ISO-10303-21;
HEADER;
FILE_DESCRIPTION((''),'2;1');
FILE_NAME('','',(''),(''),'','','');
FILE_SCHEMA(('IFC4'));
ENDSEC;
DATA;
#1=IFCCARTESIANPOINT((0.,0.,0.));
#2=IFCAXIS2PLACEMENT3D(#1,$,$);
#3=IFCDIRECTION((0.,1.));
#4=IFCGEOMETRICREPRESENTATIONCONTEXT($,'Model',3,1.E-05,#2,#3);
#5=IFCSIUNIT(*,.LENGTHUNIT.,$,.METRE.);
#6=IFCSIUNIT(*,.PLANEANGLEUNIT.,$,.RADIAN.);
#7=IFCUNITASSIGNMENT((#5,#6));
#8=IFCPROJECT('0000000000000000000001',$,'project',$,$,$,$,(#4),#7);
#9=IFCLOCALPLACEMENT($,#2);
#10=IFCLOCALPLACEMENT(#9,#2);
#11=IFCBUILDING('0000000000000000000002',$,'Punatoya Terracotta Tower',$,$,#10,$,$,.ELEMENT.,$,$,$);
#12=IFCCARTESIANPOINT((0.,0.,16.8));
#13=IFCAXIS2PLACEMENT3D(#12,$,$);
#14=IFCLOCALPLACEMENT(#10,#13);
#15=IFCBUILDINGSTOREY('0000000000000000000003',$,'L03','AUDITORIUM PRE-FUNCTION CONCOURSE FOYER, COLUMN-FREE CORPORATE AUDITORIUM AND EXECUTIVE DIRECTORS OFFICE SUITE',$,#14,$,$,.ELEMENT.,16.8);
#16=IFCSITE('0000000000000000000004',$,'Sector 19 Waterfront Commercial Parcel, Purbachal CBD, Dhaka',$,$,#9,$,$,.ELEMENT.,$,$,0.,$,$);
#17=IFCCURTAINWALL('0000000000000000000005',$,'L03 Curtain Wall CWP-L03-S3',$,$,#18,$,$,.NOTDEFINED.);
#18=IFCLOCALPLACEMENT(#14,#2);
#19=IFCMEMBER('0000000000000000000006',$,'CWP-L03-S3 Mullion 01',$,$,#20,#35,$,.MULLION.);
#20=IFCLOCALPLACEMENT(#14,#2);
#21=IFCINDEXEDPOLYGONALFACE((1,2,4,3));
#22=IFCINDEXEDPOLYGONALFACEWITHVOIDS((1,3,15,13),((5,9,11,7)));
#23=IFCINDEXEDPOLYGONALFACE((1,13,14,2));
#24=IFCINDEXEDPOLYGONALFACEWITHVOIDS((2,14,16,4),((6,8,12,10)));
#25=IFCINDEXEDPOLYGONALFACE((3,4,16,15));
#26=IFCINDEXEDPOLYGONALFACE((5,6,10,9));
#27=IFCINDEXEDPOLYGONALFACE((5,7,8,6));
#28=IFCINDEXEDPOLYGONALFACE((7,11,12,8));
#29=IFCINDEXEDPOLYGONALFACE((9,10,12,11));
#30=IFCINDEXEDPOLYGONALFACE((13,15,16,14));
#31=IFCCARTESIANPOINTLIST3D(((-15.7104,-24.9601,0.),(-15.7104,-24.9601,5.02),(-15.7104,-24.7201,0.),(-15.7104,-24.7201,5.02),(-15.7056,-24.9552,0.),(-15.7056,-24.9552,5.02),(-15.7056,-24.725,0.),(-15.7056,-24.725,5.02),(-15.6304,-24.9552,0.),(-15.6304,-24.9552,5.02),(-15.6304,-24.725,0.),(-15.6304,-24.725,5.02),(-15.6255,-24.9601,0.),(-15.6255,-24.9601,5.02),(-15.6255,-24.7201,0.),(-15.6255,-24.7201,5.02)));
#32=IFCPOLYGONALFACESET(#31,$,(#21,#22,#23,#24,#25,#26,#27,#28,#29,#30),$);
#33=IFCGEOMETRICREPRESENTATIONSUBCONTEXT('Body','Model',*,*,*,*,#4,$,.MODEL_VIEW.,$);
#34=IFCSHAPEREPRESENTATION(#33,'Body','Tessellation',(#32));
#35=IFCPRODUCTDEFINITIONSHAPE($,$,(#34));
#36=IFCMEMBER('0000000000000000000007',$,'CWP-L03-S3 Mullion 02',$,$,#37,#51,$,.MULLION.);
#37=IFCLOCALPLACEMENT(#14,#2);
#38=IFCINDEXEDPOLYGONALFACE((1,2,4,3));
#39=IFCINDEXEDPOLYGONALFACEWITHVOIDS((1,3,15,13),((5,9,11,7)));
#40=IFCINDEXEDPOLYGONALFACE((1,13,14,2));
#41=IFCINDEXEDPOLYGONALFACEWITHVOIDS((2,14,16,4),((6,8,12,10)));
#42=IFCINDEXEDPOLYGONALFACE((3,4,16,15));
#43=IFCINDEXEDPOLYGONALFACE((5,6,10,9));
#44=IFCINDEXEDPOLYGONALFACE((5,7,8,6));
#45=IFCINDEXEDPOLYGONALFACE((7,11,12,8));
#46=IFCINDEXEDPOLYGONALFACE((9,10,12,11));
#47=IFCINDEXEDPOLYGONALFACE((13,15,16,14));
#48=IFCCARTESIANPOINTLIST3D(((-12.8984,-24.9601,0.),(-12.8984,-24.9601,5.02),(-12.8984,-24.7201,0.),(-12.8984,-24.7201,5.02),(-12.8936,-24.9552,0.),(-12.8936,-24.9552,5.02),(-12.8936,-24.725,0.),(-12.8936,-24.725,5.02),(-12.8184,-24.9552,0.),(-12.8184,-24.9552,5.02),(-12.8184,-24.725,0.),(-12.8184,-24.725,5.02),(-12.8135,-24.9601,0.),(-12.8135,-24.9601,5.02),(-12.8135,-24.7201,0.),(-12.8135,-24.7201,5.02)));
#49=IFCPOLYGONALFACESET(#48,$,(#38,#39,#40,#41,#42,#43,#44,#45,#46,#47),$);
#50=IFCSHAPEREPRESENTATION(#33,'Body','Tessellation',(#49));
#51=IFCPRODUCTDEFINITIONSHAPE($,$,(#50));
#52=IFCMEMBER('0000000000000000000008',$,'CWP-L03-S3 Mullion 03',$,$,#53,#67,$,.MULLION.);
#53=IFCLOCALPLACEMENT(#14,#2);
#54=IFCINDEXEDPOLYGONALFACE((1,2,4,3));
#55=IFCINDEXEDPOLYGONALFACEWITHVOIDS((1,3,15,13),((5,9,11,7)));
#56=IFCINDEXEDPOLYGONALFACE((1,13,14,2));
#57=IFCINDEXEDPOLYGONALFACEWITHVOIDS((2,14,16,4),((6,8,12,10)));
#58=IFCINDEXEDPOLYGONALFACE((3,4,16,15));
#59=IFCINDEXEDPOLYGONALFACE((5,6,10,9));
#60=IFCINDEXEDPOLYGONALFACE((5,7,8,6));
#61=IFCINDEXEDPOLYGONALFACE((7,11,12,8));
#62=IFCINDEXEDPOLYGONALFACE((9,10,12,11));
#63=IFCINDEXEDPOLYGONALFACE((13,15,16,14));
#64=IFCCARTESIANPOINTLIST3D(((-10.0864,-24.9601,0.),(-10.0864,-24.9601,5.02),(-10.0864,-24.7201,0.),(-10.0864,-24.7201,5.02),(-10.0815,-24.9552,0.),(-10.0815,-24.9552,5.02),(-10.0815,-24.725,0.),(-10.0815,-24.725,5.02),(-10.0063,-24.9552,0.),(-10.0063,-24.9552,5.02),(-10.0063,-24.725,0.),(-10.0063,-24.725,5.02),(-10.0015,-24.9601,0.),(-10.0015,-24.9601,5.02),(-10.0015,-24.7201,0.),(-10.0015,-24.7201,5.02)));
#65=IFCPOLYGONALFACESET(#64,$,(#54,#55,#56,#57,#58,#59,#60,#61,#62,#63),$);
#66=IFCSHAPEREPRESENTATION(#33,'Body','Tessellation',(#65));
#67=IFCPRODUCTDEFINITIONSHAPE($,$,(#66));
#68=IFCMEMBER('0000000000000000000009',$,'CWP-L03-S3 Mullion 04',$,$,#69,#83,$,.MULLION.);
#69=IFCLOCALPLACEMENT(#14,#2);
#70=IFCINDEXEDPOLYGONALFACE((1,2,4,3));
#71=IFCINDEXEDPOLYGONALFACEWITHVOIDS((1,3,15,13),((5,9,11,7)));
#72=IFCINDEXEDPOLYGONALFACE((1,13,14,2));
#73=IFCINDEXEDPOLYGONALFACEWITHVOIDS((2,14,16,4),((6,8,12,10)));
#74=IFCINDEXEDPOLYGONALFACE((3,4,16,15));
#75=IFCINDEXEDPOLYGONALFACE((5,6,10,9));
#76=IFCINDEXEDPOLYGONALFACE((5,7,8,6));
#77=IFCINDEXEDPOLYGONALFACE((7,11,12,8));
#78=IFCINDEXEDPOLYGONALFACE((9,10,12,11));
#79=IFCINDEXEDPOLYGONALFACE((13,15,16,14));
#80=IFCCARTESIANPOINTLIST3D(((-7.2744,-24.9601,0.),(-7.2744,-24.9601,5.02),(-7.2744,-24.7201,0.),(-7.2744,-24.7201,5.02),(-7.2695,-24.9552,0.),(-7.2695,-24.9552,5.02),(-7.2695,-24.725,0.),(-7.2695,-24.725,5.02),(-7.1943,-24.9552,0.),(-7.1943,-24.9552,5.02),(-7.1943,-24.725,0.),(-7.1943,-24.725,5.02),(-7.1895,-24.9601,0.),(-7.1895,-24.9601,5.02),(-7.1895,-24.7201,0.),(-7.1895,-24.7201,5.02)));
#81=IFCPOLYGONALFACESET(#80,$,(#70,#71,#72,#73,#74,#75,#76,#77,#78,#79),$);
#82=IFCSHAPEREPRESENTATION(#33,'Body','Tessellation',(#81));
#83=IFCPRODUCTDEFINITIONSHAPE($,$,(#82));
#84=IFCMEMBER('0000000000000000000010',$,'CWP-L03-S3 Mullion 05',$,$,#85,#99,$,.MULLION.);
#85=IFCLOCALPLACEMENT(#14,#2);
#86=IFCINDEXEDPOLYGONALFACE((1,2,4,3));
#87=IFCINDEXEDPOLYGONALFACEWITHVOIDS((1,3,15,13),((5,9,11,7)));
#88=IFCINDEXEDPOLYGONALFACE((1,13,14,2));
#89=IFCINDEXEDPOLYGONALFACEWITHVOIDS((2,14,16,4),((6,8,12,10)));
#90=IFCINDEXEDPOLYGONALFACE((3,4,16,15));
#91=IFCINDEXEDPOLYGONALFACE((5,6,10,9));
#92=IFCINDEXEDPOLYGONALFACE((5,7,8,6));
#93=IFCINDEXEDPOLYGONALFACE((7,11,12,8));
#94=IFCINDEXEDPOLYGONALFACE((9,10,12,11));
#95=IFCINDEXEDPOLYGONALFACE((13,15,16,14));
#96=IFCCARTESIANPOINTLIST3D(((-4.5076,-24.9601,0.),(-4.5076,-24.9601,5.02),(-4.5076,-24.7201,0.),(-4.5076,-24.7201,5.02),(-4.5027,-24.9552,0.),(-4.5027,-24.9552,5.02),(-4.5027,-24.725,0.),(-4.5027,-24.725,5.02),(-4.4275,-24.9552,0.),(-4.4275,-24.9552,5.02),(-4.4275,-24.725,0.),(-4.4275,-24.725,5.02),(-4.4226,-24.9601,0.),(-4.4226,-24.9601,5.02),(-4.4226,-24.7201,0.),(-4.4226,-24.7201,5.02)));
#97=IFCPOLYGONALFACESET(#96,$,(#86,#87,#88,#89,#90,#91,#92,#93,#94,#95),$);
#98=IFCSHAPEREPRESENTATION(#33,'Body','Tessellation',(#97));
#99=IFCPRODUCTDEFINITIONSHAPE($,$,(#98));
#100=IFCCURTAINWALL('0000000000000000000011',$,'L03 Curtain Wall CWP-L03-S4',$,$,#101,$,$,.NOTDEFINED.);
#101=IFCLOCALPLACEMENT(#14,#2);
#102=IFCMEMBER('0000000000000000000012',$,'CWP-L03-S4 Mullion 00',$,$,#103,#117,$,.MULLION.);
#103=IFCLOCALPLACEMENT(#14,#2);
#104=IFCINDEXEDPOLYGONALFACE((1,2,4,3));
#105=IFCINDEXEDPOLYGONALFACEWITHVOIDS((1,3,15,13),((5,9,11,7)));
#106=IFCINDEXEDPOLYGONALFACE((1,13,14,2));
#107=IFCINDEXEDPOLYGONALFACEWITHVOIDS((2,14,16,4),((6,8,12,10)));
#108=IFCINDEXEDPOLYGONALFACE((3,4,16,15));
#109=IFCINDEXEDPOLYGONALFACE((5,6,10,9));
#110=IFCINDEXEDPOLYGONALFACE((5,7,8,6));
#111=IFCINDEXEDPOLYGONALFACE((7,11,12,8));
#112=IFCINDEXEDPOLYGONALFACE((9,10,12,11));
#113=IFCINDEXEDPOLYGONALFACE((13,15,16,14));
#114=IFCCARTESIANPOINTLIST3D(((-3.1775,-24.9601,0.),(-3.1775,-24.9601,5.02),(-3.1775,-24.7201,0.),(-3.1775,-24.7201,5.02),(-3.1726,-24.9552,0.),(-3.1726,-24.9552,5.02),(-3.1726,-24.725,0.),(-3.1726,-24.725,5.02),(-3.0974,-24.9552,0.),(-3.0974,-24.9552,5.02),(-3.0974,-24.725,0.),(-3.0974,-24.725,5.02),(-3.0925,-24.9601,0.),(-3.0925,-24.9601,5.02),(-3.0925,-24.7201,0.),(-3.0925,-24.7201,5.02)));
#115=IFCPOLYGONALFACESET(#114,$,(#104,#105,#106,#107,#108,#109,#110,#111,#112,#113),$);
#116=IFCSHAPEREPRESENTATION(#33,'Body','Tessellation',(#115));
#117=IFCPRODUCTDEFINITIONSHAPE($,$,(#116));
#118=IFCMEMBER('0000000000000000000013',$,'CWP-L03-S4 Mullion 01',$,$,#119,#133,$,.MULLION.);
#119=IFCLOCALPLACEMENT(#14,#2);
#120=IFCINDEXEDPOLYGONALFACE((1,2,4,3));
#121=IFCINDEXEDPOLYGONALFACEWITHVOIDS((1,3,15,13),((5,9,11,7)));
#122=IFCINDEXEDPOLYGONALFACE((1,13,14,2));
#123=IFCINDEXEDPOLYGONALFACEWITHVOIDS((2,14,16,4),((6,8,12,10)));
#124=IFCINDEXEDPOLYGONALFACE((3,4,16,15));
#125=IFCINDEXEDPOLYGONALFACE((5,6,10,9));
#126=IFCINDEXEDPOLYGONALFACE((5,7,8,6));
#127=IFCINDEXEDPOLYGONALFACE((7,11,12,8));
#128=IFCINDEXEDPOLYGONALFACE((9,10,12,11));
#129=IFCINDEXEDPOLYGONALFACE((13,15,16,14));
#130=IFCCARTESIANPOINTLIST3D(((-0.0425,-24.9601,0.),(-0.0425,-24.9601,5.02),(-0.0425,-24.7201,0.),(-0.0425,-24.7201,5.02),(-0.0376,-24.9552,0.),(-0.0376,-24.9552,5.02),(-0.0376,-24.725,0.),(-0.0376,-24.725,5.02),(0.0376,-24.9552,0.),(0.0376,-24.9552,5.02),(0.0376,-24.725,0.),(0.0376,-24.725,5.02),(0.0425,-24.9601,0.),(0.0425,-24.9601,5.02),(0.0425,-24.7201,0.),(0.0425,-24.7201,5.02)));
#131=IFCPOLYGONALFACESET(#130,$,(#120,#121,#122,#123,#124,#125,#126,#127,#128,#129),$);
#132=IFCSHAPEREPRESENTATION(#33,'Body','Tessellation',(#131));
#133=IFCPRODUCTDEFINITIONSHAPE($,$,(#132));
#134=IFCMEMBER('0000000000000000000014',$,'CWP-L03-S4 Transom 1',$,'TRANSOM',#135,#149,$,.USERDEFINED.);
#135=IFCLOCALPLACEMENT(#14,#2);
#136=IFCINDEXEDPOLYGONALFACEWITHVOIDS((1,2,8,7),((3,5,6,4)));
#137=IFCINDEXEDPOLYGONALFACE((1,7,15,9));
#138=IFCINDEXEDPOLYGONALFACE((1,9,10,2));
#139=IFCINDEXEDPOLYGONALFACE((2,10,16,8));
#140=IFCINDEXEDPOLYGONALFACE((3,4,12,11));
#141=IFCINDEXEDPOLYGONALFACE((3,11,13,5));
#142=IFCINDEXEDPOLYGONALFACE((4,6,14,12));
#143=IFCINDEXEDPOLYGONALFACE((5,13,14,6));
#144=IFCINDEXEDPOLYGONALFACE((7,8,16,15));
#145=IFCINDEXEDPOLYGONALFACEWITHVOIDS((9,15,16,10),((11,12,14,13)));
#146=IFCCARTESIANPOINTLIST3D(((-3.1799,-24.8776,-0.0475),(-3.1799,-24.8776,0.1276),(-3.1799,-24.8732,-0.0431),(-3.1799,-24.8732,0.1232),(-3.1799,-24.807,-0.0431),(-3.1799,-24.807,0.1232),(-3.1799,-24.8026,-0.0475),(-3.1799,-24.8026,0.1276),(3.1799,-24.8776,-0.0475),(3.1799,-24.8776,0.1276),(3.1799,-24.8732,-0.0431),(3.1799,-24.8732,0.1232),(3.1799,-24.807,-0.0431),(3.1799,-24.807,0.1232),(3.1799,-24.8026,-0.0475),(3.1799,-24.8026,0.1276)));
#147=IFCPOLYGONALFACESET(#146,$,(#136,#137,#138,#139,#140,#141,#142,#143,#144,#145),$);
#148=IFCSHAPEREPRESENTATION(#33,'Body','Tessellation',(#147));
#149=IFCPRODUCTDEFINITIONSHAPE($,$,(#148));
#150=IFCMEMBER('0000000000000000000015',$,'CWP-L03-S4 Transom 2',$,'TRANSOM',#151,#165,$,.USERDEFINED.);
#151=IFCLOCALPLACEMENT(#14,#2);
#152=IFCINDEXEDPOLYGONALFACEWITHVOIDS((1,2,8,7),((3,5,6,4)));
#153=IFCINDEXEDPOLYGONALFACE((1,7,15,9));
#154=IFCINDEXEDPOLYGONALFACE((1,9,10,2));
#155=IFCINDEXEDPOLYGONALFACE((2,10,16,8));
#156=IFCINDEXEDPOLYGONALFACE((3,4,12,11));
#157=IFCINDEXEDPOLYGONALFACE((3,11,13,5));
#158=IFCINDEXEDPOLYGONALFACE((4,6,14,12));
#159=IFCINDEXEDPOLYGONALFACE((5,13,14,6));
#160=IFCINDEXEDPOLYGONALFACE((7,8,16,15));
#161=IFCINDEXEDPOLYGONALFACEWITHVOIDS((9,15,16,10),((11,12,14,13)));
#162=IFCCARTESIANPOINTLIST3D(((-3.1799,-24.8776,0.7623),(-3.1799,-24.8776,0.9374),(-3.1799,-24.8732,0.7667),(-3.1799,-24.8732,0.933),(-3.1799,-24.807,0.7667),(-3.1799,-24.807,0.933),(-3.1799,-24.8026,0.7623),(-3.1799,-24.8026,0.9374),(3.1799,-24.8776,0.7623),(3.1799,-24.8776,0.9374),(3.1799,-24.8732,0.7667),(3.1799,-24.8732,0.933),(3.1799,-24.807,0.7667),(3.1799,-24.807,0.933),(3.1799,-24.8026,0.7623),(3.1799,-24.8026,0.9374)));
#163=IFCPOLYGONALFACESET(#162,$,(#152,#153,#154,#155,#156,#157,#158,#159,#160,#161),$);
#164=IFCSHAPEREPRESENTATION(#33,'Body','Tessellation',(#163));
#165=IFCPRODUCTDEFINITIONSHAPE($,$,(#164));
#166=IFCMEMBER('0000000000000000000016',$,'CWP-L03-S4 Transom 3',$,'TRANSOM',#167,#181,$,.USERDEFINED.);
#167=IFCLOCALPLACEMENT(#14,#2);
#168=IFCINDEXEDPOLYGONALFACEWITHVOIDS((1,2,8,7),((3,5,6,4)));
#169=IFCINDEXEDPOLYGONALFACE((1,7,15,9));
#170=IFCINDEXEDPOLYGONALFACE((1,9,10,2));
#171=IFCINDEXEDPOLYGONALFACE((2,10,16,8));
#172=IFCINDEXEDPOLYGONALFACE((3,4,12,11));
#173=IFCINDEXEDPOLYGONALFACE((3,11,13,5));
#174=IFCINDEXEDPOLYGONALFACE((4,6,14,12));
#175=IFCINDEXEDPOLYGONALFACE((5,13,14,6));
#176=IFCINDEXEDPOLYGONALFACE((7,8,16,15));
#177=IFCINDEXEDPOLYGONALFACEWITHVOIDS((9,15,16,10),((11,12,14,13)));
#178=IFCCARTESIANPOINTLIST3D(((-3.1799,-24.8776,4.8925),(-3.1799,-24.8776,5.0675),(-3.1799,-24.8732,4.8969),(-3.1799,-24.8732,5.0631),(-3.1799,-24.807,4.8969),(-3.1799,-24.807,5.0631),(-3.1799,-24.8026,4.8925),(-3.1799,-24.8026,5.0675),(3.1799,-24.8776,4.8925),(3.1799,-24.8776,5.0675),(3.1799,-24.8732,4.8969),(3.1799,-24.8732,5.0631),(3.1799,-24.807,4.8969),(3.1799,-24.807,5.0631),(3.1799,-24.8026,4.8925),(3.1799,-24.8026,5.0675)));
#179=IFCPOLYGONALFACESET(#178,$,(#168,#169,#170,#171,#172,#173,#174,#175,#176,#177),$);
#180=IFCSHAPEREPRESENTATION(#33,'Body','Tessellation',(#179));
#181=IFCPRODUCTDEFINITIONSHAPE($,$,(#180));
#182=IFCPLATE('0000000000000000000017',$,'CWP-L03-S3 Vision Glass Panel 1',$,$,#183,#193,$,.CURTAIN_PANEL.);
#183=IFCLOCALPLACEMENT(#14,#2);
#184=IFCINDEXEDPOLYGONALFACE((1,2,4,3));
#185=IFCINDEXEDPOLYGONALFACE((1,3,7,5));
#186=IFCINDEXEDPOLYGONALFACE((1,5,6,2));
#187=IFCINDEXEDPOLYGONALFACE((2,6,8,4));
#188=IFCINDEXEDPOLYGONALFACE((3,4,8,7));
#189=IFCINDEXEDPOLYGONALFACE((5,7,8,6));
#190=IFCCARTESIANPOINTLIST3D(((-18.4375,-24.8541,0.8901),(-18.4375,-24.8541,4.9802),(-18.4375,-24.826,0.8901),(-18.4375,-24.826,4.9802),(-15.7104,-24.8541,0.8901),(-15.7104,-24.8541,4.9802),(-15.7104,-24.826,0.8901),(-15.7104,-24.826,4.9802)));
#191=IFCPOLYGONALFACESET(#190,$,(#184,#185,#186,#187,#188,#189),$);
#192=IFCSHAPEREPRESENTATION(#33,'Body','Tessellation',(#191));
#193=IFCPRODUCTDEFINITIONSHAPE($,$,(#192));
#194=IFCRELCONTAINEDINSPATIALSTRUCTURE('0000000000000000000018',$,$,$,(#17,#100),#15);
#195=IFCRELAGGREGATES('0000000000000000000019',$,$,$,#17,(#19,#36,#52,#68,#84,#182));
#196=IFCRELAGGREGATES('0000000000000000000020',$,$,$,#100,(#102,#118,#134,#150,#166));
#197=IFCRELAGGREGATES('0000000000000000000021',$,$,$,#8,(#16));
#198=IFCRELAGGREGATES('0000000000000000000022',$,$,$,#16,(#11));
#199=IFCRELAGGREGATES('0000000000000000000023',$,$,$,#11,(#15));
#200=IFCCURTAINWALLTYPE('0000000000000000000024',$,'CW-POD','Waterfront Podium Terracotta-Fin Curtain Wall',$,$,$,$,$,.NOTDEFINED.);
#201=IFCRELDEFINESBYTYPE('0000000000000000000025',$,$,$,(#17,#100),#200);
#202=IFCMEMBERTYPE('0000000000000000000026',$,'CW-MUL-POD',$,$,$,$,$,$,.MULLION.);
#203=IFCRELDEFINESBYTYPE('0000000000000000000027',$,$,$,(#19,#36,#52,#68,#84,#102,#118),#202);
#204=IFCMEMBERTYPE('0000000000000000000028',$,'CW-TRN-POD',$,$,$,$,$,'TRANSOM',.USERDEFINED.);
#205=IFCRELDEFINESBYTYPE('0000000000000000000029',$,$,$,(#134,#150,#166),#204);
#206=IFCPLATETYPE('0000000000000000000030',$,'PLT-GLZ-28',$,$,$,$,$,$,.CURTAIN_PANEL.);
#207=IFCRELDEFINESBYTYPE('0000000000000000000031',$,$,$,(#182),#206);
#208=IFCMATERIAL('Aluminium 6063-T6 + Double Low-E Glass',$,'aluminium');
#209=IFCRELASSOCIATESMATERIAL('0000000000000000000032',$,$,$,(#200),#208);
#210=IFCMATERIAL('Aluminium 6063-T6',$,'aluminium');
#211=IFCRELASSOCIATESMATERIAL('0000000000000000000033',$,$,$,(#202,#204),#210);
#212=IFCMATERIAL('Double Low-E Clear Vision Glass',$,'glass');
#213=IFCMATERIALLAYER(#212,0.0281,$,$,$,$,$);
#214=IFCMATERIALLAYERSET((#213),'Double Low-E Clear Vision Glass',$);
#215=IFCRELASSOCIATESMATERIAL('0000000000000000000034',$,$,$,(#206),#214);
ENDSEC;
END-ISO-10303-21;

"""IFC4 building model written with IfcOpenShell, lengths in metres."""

from ifc_helpers import new_model, si_unit, direction, frame, origin, origin_2d, place, context, subcontext, project, spatial, rectangle, hollow_rectangle, extrude, material, layer, layer_set, material_profile, profile_set, type_object, element, aggregate, save


model = new_model("IFC4")

# Units and contexts
model_context = context("Model", 3, precision=1e-05, world=origin(), true_north=direction((0.0, 1.0)))
body_context = subcontext(model_context, "Body", "Model", "MODEL_VIEW")
ifc_project = project(units=[si_unit("LENGTHUNIT", "METRE"), si_unit("PLANEANGLEUNIT", "RADIAN")], contexts=[model_context])

# Site, building, storey
site_placement = place(None, origin())
site = spatial("IfcSite", under=ifc_project, at=site_placement, Name="Sector 19 Waterfront Commercial Parcel, Purbachal CBD, Dhaka", CompositionType="ELEMENT", RefElevation=0.0)
building_placement = place(site_placement, origin())
building = spatial("IfcBuilding", under=site, at=building_placement, Name="Punatoya Terracotta Tower", CompositionType="ELEMENT")
storey_placement = place(building_placement, frame((0.0, 0.0, 16.8)))
storey = spatial("IfcBuildingStorey", under=building, at=storey_placement, Name="L03", Description="AUDITORIUM PRE-FUNCTION CONCOURSE FOYER, COLUMN-FREE CORPORATE AUDITORIUM AND EXECUTIVE DIRECTORS OFFICE SUITE", CompositionType="ELEMENT", Elevation=16.8)

# Curtain walls, members
ifc_material_1 = material(Name="Aluminium 6063-T6 + Double Low-E Glass", Category="aluminium")
curtain_wall_type = type_object("IfcCurtainWallType", Name="CW-POD", Description="Waterfront Podium Terracotta-Fin Curtain Wall", PredefinedType="NOTDEFINED", material=ifc_material_1)
curtain_wall_1_placement = place(storey_placement, origin())
curtain_wall_1 = element("IfcCurtainWall", 1, at=curtain_wall_1_placement, inside=storey, type_object=curtain_wall_type, Name="L03 Curtain Wall CWP-L03-S3", PredefinedType="NOTDEFINED")
ifc_material_2 = material(Name="Aluminium 6063-T6", Category="aluminium")
ifc_material_profile_1 = material_profile(ifc_material_2, hollow_rectangle(XDim=0.085, YDim=0.24, WallThickness=0.0049, at=origin_2d()))
ifc_profile_set_1 = profile_set([ifc_material_profile_1], Name="Aluminium 6063-T6")
member_type_1 = type_object("IfcMemberType", Name="CW-MUL-POD", PredefinedType="MULLION", material=ifc_profile_set_1)
member_1_placement = place(storey_placement, frame((-15.668, -24.8401, 0.0), z_axis=(0.0, 0.0, 1.0), x_axis=(1.0, 0.0, 0.0)))
member_1 = element("IfcMember", 2, at=member_1_placement, type_object=member_type_1, Name="CWP-L03-S3 Mullion 01", PredefinedType="MULLION", context=body_context, shape_type="SweptSolid", body=[
    extrude(hollow_rectangle(XDim=0.085, YDim=0.24, WallThickness=0.0049, at=origin_2d()), origin(), (0.0, 0.0, 1.0), 5.02),
])
member_2_placement = place(storey_placement, frame((-12.856, -24.8401, 0.0), z_axis=(0.0, 0.0, 1.0), x_axis=(1.0, 0.0, 0.0)))
member_2 = element("IfcMember", 3, at=member_2_placement, type_object=member_type_1, Name="CWP-L03-S3 Mullion 02", PredefinedType="MULLION", context=body_context, shape_type="SweptSolid", body=[
    extrude(hollow_rectangle(XDim=0.085, YDim=0.24, WallThickness=0.0049, at=origin_2d()), origin(), (0.0, 0.0, 1.0), 5.02),
])
member_3_placement = place(storey_placement, frame((-10.0439, -24.8401, 0.0), z_axis=(0.0, 0.0, 1.0), x_axis=(1.0, 0.0, 0.0)))
member_3 = element("IfcMember", 4, at=member_3_placement, type_object=member_type_1, Name="CWP-L03-S3 Mullion 03", PredefinedType="MULLION", context=body_context, shape_type="SweptSolid", body=[
    extrude(hollow_rectangle(XDim=0.085, YDim=0.24, WallThickness=0.0049, at=origin_2d()), origin(), (0.0, 0.0, 1.0), 5.02),
])
member_4_placement = place(storey_placement, frame((-7.2319, -24.8401, 0.0), z_axis=(0.0, 0.0, 1.0), x_axis=(1.0, 0.0, 0.0)))
member_4 = element("IfcMember", 5, at=member_4_placement, type_object=member_type_1, Name="CWP-L03-S3 Mullion 04", PredefinedType="MULLION", context=body_context, shape_type="SweptSolid", body=[
    extrude(hollow_rectangle(XDim=0.085, YDim=0.24, WallThickness=0.0049, at=origin_2d()), origin(), (0.0, 0.0, 1.0), 5.02),
])
member_5_placement = place(storey_placement, frame((-4.4651, -24.8401, 0.0), z_axis=(0.0, 0.0, 1.0), x_axis=(1.0, 0.0, 0.0)))
member_5 = element("IfcMember", 6, at=member_5_placement, type_object=member_type_1, Name="CWP-L03-S3 Mullion 05", PredefinedType="MULLION", context=body_context, shape_type="SweptSolid", body=[
    extrude(hollow_rectangle(XDim=0.085, YDim=0.24, WallThickness=0.0049, at=origin_2d()), origin(), (0.0, 0.0, 1.0), 5.02),
])
curtain_wall_2_placement = place(storey_placement, origin())
curtain_wall_2 = element("IfcCurtainWall", 7, at=curtain_wall_2_placement, inside=storey, type_object=curtain_wall_type, Name="L03 Curtain Wall CWP-L03-S4", PredefinedType="NOTDEFINED")
member_6_placement = place(storey_placement, frame((-3.135, -24.8401, 0.0), z_axis=(0.0, 0.0, 1.0), x_axis=(1.0, 0.0, 0.0)))
member_6 = element("IfcMember", 8, at=member_6_placement, type_object=member_type_1, Name="CWP-L03-S4 Mullion 00", PredefinedType="MULLION", context=body_context, shape_type="SweptSolid", body=[
    extrude(hollow_rectangle(XDim=0.085, YDim=0.24, WallThickness=0.0049, at=origin_2d()), origin(), (0.0, 0.0, 1.0), 5.02),
])
member_7_placement = place(storey_placement, frame((0.0, -24.8401, 0.0), z_axis=(0.0, 0.0, 1.0), x_axis=(1.0, 0.0, 0.0)))
member_7 = element("IfcMember", 9, at=member_7_placement, type_object=member_type_1, Name="CWP-L03-S4 Mullion 01", PredefinedType="MULLION", context=body_context, shape_type="SweptSolid", body=[
    extrude(hollow_rectangle(XDim=0.085, YDim=0.24, WallThickness=0.0049, at=origin_2d()), origin(), (0.0, 0.0, 1.0), 5.02),
])
ifc_material_profile_2 = material_profile(ifc_material_2, hollow_rectangle(XDim=0.075, YDim=0.175, WallThickness=0.0044, at=origin_2d()))
ifc_profile_set_2 = profile_set([ifc_material_profile_2], Name="Aluminium 6063-T6")
member_type_2 = type_object("IfcMemberType", Name="CW-TRN-POD", ElementType="TRANSOM", PredefinedType="USERDEFINED", material=ifc_profile_set_2)
member_8_placement = place(storey_placement, frame((-3.1799, -24.8401, 0.04), z_axis=(1.0, 0.0, 0.0), x_axis=(0.0, 1.0, 0.0)))
member_8 = element("IfcMember", 10, at=member_8_placement, type_object=member_type_2, Name="CWP-L03-S4 Transom 1", ObjectType="TRANSOM", PredefinedType="USERDEFINED", context=body_context, shape_type="SweptSolid", body=[
    extrude(hollow_rectangle(XDim=0.075, YDim=0.175, WallThickness=0.0044, at=origin_2d()), origin(), (0.0, 0.0, 1.0), 6.3599),
])
member_9_placement = place(storey_placement, frame((-3.1799, -24.8401, 0.8499), z_axis=(1.0, 0.0, 0.0), x_axis=(0.0, 1.0, 0.0)))
member_9 = element("IfcMember", 11, at=member_9_placement, type_object=member_type_2, Name="CWP-L03-S4 Transom 2", ObjectType="TRANSOM", PredefinedType="USERDEFINED", context=body_context, shape_type="SweptSolid", body=[
    extrude(hollow_rectangle(XDim=0.075, YDim=0.175, WallThickness=0.0044, at=origin_2d()), origin(), (0.0, 0.0, 1.0), 6.3599),
])
member_10_placement = place(storey_placement, frame((-3.1799, -24.8401, 4.98), z_axis=(1.0, 0.0, 0.0), x_axis=(0.0, 1.0, 0.0)))
member_10 = element("IfcMember", 12, at=member_10_placement, type_object=member_type_2, Name="CWP-L03-S4 Transom 3", ObjectType="TRANSOM", PredefinedType="USERDEFINED", context=body_context, shape_type="SweptSolid", body=[
    extrude(hollow_rectangle(XDim=0.075, YDim=0.175, WallThickness=0.0044, at=origin_2d()), origin(), (0.0, 0.0, 1.0), 6.3599),
])

# Plate
ifc_material_3 = material(Name="Double Low-E Clear Vision Glass", Category="glass")
ifc_layer_1 = layer(ifc_material_3, 0.0281)
ifc_layer_set_1 = layer_set([ifc_layer_1], Name="Double Low-E Clear Vision Glass")
plate_type_1 = type_object("IfcPlateType", Name="PLT-GLZ-28", PredefinedType="CURTAIN_PANEL", material=ifc_layer_set_1)
plate_1_placement = place(storey_placement, frame((-17.074, -24.8401, 0.8901), z_axis=(0.0, 0.0, 1.0), x_axis=(1.0, 0.0, 0.0)))
plate_1 = element("IfcPlate", 13, at=plate_1_placement, type_object=plate_type_1, Name="CWP-L03-S3 Vision Glass Panel 1", PredefinedType="CURTAIN_PANEL", context=body_context, shape_type="SweptSolid", body=[
    extrude(rectangle(XDim=2.7271, YDim=0.0281, at=origin_2d()), origin(), (0.0, 0.0, 1.0), 4.0901),
])
aggregate(curtain_wall_1, [member_1, member_2, member_3, member_4, member_5, plate_1])
aggregate(curtain_wall_2, [member_6, member_7, member_8, member_9, member_10])

save(model, "model.ifc")
